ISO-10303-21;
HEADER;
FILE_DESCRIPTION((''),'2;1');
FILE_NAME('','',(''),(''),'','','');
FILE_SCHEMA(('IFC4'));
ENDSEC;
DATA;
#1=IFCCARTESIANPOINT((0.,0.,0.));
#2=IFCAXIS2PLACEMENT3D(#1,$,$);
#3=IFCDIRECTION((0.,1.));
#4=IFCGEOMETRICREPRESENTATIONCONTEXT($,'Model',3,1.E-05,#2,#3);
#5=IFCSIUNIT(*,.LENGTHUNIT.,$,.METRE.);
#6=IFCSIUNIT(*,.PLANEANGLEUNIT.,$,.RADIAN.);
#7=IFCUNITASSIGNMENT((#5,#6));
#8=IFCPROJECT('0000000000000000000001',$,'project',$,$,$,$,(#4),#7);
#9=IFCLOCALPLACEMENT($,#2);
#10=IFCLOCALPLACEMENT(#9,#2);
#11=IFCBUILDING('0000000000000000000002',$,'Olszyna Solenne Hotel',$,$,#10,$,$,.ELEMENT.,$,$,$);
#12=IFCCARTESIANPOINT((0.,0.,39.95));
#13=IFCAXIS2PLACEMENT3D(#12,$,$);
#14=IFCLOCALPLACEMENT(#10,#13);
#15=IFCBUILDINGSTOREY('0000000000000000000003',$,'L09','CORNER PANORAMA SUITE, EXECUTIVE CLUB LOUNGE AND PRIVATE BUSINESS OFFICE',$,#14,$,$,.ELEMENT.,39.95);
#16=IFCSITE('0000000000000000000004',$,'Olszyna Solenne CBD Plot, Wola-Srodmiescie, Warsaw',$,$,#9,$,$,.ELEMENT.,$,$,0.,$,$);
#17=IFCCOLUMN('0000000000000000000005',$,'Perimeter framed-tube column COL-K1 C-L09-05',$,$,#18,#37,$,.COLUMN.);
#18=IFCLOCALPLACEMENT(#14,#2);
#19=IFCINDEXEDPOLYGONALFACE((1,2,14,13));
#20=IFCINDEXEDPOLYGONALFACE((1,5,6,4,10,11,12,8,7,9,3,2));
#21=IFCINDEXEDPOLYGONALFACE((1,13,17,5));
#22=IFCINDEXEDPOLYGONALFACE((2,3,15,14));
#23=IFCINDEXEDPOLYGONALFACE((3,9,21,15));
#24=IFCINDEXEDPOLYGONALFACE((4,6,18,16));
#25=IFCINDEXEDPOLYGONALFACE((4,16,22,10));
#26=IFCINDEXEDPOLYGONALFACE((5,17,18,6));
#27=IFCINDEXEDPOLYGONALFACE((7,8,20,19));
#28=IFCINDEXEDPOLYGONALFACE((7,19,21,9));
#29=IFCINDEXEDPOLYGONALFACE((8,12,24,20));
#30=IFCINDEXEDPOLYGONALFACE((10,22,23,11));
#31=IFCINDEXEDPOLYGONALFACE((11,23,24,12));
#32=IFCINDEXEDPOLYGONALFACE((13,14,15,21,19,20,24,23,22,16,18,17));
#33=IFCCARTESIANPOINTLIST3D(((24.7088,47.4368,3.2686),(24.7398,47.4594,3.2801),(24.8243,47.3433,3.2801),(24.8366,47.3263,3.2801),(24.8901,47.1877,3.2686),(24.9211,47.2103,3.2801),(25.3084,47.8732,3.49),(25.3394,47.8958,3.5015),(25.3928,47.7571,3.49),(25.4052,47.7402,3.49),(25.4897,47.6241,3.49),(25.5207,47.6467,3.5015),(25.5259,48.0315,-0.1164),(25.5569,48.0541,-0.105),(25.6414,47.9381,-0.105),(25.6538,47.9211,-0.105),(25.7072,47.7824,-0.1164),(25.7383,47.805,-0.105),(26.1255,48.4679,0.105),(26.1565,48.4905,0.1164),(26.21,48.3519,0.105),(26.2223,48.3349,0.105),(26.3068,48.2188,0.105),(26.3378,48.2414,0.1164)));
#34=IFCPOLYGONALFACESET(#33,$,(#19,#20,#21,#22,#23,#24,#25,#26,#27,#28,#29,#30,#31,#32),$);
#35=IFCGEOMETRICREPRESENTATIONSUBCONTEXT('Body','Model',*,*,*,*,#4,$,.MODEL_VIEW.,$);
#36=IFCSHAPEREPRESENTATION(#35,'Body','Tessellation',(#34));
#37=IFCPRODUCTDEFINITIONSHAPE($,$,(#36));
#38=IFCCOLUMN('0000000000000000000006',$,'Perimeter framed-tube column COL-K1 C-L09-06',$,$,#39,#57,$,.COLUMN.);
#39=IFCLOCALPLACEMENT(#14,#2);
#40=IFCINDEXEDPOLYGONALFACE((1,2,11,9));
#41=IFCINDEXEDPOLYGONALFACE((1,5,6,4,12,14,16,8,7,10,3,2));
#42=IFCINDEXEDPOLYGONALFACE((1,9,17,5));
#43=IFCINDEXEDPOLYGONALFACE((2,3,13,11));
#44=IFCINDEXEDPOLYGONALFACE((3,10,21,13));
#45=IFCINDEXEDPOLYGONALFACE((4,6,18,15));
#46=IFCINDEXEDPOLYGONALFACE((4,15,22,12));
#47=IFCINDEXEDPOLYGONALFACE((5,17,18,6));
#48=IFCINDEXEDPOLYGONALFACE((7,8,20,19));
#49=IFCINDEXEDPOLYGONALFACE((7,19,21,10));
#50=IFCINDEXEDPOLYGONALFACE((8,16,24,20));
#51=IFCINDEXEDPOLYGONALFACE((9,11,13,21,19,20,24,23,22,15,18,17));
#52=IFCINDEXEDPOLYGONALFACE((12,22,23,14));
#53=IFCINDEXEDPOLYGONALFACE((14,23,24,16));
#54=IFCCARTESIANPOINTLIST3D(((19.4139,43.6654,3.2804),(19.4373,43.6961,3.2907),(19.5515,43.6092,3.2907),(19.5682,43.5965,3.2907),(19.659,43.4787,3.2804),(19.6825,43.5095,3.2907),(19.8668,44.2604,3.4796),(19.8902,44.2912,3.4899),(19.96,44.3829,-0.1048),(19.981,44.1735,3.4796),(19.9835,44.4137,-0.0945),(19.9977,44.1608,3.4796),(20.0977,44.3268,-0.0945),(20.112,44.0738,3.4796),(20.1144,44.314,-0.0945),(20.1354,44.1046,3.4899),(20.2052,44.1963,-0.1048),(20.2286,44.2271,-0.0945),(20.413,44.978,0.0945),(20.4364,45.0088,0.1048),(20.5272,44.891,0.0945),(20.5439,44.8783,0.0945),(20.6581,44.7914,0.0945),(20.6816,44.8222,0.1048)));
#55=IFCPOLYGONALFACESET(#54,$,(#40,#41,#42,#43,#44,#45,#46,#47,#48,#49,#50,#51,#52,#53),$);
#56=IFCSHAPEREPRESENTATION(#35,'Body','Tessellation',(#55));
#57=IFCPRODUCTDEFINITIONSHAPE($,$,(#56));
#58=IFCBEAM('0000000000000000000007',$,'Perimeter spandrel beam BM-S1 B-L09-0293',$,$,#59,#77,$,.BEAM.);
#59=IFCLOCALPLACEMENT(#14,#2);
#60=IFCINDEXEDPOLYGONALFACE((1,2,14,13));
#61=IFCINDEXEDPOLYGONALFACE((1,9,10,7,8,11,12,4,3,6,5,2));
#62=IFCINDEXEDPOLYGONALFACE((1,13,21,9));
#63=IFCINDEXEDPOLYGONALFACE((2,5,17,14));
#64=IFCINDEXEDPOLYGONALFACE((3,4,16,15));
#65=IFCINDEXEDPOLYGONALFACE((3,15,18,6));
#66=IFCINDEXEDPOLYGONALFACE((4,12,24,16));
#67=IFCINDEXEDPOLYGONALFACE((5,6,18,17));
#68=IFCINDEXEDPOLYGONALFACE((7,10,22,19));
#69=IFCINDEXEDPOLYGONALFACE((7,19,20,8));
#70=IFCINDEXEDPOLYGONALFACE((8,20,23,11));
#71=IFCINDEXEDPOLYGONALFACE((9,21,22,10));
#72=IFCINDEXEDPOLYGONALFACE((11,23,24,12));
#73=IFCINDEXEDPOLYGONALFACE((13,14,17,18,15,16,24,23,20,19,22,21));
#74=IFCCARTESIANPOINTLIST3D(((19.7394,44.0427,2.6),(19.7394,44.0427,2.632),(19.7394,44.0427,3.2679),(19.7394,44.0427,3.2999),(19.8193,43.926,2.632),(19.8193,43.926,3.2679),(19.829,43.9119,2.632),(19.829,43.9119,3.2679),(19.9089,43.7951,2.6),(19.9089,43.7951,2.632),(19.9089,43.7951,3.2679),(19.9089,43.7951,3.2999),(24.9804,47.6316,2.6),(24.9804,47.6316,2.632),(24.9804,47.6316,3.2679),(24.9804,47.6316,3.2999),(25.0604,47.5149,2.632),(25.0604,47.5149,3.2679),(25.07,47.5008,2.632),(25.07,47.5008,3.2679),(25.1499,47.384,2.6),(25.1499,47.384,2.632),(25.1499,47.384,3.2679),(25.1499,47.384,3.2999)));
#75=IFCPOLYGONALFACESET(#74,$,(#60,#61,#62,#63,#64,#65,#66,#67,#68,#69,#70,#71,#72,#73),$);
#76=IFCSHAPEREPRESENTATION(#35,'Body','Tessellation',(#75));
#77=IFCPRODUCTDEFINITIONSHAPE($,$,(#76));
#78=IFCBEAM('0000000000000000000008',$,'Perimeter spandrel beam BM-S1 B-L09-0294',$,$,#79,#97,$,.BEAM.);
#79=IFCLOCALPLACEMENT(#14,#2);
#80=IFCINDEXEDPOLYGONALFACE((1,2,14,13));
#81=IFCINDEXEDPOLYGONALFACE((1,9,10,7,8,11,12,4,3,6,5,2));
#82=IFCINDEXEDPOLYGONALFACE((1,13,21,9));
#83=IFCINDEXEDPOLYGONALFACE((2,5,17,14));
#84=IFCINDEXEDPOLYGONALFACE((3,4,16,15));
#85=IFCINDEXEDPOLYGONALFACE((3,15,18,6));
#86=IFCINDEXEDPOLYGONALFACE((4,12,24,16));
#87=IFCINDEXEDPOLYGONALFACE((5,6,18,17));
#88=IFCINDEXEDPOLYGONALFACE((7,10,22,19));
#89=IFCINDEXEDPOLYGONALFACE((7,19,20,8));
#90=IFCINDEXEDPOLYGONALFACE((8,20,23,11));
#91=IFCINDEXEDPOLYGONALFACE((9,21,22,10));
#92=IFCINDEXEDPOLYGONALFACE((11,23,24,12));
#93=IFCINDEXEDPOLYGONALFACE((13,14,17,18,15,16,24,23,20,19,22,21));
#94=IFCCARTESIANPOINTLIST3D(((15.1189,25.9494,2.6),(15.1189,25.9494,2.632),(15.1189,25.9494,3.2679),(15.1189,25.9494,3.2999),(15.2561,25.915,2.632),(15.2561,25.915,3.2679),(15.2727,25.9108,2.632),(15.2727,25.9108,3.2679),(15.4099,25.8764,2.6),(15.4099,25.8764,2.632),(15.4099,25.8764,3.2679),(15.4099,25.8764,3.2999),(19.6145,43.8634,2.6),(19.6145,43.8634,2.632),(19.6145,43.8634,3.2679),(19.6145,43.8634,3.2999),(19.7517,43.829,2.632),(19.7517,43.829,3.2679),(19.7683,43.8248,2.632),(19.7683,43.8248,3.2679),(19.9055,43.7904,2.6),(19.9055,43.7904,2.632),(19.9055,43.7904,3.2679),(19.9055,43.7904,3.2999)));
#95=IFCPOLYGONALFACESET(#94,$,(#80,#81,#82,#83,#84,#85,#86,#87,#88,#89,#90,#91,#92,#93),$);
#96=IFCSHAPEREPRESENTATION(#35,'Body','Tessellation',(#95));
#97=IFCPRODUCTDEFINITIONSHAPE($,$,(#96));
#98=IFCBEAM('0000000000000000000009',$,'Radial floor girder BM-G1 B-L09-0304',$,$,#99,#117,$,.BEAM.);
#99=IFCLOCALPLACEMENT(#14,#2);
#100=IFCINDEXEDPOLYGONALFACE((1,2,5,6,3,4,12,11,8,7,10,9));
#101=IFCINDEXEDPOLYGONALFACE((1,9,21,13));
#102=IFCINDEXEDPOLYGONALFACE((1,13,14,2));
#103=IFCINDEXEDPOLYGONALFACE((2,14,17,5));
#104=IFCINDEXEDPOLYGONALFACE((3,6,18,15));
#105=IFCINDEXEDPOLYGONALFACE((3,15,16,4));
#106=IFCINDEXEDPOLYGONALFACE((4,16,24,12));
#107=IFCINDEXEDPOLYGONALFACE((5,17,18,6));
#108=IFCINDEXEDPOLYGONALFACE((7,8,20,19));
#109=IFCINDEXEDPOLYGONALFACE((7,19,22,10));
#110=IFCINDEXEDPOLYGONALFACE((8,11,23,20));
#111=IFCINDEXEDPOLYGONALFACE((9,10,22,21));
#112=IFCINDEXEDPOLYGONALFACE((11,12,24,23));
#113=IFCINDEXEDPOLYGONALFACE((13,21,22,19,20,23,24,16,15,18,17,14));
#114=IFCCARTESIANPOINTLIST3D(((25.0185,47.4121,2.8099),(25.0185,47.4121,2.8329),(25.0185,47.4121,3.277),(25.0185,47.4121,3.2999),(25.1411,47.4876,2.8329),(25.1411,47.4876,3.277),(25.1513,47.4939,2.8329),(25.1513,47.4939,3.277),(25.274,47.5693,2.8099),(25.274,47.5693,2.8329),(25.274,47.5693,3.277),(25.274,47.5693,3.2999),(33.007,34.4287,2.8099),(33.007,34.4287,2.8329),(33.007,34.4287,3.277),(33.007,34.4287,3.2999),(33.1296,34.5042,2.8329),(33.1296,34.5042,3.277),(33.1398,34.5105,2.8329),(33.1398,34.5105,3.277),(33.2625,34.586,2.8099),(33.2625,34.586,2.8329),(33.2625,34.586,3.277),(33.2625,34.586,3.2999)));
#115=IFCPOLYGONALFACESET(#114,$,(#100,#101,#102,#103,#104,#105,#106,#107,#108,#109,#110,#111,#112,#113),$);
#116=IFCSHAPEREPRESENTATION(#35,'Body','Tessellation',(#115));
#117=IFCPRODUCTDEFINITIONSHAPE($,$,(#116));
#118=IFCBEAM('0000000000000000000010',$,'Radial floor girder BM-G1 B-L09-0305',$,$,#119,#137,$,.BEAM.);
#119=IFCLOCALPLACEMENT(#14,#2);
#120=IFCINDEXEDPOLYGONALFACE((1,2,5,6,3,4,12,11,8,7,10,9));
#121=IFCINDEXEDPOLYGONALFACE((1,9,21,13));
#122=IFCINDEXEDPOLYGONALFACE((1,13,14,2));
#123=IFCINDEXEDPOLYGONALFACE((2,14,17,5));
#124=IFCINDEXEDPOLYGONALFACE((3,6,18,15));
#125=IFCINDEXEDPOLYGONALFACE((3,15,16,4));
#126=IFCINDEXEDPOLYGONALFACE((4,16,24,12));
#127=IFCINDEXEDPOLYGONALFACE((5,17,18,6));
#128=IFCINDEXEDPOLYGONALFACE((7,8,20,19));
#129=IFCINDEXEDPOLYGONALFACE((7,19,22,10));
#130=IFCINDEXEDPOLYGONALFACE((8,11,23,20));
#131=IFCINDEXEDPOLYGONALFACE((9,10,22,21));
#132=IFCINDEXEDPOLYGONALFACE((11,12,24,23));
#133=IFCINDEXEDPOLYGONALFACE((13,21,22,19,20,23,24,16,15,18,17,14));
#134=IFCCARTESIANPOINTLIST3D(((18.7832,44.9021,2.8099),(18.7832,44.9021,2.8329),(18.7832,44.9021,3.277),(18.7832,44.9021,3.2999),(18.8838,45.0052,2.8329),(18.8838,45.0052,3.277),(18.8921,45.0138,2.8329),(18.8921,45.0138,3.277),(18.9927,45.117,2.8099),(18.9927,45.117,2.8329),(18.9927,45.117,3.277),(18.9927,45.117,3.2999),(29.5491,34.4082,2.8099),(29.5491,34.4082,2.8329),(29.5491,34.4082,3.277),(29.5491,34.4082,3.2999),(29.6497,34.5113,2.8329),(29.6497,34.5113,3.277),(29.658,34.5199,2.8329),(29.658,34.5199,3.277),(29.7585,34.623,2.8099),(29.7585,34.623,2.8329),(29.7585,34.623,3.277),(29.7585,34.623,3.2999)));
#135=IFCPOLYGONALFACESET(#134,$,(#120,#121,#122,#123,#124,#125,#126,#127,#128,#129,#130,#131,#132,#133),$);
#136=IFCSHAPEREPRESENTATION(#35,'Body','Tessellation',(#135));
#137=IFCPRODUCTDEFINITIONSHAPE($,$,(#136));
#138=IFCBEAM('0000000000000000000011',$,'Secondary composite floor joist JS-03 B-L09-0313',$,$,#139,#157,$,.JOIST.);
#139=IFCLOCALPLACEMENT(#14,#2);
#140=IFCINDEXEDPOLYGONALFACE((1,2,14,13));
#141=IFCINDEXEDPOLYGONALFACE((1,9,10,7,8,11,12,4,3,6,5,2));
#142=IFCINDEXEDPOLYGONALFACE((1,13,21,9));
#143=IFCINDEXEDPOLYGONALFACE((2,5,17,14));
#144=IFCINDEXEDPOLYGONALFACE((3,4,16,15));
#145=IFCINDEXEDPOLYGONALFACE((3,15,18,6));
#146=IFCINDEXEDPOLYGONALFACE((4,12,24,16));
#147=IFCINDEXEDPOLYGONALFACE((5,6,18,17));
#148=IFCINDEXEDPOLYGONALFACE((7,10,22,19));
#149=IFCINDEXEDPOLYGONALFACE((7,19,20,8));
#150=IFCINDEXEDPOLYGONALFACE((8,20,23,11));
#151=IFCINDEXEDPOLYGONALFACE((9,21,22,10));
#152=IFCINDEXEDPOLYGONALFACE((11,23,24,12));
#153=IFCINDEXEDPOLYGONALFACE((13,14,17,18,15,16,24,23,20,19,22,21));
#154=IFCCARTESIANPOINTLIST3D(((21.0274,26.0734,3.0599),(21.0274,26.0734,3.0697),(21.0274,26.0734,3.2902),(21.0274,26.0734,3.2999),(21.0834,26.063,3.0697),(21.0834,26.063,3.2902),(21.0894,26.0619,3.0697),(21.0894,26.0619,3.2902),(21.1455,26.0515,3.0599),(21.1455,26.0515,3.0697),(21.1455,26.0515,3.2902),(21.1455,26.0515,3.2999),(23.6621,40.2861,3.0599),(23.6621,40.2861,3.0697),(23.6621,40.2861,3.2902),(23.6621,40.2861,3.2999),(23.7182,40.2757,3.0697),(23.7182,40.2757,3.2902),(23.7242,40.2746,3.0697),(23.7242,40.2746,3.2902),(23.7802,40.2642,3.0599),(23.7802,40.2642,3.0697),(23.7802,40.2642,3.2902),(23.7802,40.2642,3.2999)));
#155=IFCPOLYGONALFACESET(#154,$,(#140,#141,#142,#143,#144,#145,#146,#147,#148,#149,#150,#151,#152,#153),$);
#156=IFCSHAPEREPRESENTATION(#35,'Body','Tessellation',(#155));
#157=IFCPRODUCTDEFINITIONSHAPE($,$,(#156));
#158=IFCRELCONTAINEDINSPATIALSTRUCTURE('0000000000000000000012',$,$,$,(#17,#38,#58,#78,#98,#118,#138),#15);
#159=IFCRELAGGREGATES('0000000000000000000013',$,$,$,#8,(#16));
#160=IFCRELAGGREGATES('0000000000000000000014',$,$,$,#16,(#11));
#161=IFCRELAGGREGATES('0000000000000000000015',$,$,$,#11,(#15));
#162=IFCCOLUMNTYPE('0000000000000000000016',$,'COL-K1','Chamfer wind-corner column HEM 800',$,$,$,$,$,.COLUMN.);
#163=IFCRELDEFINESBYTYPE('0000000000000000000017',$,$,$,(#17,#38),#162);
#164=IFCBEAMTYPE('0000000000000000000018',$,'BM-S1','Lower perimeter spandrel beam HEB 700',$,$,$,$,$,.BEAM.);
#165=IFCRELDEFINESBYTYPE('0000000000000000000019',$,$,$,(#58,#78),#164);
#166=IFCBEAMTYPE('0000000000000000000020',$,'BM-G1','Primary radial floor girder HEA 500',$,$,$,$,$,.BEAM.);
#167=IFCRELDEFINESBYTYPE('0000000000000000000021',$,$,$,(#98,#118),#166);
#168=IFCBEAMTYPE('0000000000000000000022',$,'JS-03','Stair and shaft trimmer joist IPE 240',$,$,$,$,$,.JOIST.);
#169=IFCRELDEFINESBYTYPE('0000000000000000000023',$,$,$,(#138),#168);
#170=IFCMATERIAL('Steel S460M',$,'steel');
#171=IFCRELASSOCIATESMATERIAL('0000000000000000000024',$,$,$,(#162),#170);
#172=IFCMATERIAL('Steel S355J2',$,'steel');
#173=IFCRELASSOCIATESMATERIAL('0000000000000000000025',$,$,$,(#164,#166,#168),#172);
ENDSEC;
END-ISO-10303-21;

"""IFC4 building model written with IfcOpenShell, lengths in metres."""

from ifc_helpers import new_model, si_unit, direction, frame, origin, origin_2d, place, context, subcontext, project, spatial, i_section, extrude, source, transform, mapped, material, material_profile, profile_set, type_object, element, save


model = new_model("IFC4")

# Units and contexts
model_context = context("Model", 3, precision=1e-05, world=origin(), true_north=direction((0.0, 1.0)))
body_context = subcontext(model_context, "Body", "Model", "MODEL_VIEW")
ifc_project = project(units=[si_unit("LENGTHUNIT", "METRE"), si_unit("PLANEANGLEUNIT", "RADIAN")], contexts=[model_context])

# Site, building, storey
site_placement = place(None, origin())
site = spatial("IfcSite", under=ifc_project, at=site_placement, Name="Olszyna Solenne CBD Plot, Wola-Srodmiescie, Warsaw", CompositionType="ELEMENT", RefElevation=0.0)
building_placement = place(site_placement, origin())
building = spatial("IfcBuilding", under=site, at=building_placement, Name="Olszyna Solenne Hotel", CompositionType="ELEMENT")
storey_placement = place(building_placement, frame((0.0, 0.0, 39.95)))
storey = spatial("IfcBuildingStorey", under=building, at=storey_placement, Name="L09", Description="CORNER PANORAMA SUITE, EXECUTIVE CLUB LOUNGE AND PRIVATE BUSINESS OFFICE", CompositionType="ELEMENT", Elevation=39.95)

# Columns
ifc_material_1 = material(Name="Steel S460M", Category="steel")
ifc_material_profile_1 = material_profile(ifc_material_1, i_section(OverallWidth=0.3081, OverallDepth=0.814, WebThickness=0.021, FlangeThickness=0.04, at=origin_2d()), Name="HEM 800", Category="load-bearing")
ifc_profile_set_1 = profile_set([ifc_material_profile_1], Name="Steel S460M")
column_type = type_object("IfcColumnType", Name="COL-K1", Description="Chamfer wind-corner column HEM 800", PredefinedType="COLUMN", material=ifc_profile_set_1)
shared_shape_1 = source(origin(), body_context, "Body", "SweptSolid", [
    extrude(i_section(OverallWidth=0.3081, OverallDepth=0.814, WebThickness=0.021, FlangeThickness=0.04, at=origin_2d()), origin(), (0.0, 0.0, 1.0), 3.5327),
])
column_1_placement = place(storey_placement, frame((25.9319, 48.1365, 0.0), z_axis=(-0.23131, -0.168351, 0.958203), x_axis=(0.588459, -0.808527, 0.0)))
element("IfcColumn", 1, at=column_1_placement, inside=storey, type_object=column_type, Name="Perimeter framed-tube column COL-K1 C-L09-05", PredefinedType="COLUMN", context=body_context, shape_type="MappedRepresentation", body=[
    mapped(shared_shape_1, transform((0.0, 0.0, 0.0), x_axis=(1.0, 0.0, 0.0), y_axis=(0.0, 1.0, 0.0), z_axis=(0.0, 0.0, 1.0), scale=1.0)),
])
shared_shape_2 = source(origin(), body_context, "Body", "SweptSolid", [
    extrude(i_section(OverallWidth=0.3081, OverallDepth=0.814, WebThickness=0.021, FlangeThickness=0.04, at=origin_2d()), origin(), (0.0, 0.0, 1.0), 3.5032),
])
column_2_placement = place(storey_placement, frame((20.3208, 44.6025, 0.0), z_axis=(-0.155905, -0.204829, 0.966302), x_axis=(0.795724, -0.60566, 0.0)))
element("IfcColumn", 2, at=column_2_placement, inside=storey, type_object=column_type, Name="Perimeter framed-tube column COL-K1 C-L09-06", PredefinedType="COLUMN", context=body_context, shape_type="MappedRepresentation", body=[
    mapped(shared_shape_2, transform((0.0, 0.0, 0.0), x_axis=(1.0, 0.0, 0.0), y_axis=(0.0, 1.0, 0.0), z_axis=(0.0, 0.0, 1.0), scale=1.0)),
])

# Beams
ifc_material_2 = material(Name="Steel S355J2", Category="steel")
ifc_material_profile_2 = material_profile(ifc_material_2, i_section(OverallWidth=0.3, OverallDepth=0.7, WebThickness=0.0171, FlangeThickness=0.032, at=origin_2d()), Name="HEB 700", Category="load-bearing")
ifc_profile_set_2 = profile_set([ifc_material_profile_2], Name="Steel S355J2")
beam_type_1 = type_object("IfcBeamType", Name="BM-S1", Description="Lower perimeter spandrel beam HEB 700", PredefinedType="BEAM", material=ifc_profile_set_2)
shared_shape_3 = source(origin(), body_context, "Body", "SweptSolid", [
    extrude(i_section(OverallWidth=0.3, OverallDepth=0.7, WebThickness=0.0171, FlangeThickness=0.032, at=origin_2d()), origin(), (0.0, 0.0, 1.0), 6.3521),
])
beam_1_placement = place(storey_placement, frame((25.0652, 47.5078, 2.95), z_axis=(-0.825091, -0.564999, 0.0), x_axis=(0.564999, -0.825091, 0.0)))
element("IfcBeam", 3, at=beam_1_placement, inside=storey, type_object=beam_type_1, Name="Perimeter spandrel beam BM-S1 B-L09-0293", PredefinedType="BEAM", context=body_context, shape_type="MappedRepresentation", body=[
    mapped(shared_shape_3, transform((0.0, 0.0, 0.0), x_axis=(1.0, 0.0, 0.0), y_axis=(0.0, 1.0, 0.0), z_axis=(0.0, 0.0, 1.0), scale=1.0)),
])
shared_shape_4 = source(origin(), body_context, "Body", "SweptSolid", [
    extrude(i_section(OverallWidth=0.3, OverallDepth=0.7, WebThickness=0.0171, FlangeThickness=0.032, at=origin_2d()), origin(), (0.0, 0.0, 1.0), 18.4695),
])
beam_2_placement = place(storey_placement, frame((19.76, 43.8269, 2.95), z_axis=(-0.243406, -0.969924, 0.0), x_axis=(0.969924, -0.243406, 0.0)))
element("IfcBeam", 4, at=beam_2_placement, inside=storey, type_object=beam_type_1, Name="Perimeter spandrel beam BM-S1 B-L09-0294", PredefinedType="BEAM", context=body_context, shape_type="MappedRepresentation", body=[
    mapped(shared_shape_4, transform((0.0, 0.0, 0.0), x_axis=(1.0, 0.0, 0.0), y_axis=(0.0, 1.0, 0.0), z_axis=(0.0, 0.0, 1.0), scale=1.0)),
])
ifc_material_profile_3 = material_profile(ifc_material_2, i_section(OverallWidth=0.3, OverallDepth=0.49, WebThickness=0.012, FlangeThickness=0.0229, at=origin_2d()), Name="HEA 500", Category="load-bearing")
ifc_profile_set_3 = profile_set([ifc_material_profile_3], Name="Steel S355J2")
beam_type_2 = type_object("IfcBeamType", Name="BM-G1", Description="Primary radial floor girder HEA 500", PredefinedType="BEAM", material=ifc_profile_set_3)
shared_shape_5 = source(origin(), body_context, "Body", "SweptSolid", [
    extrude(i_section(OverallWidth=0.3, OverallDepth=0.49, WebThickness=0.012, FlangeThickness=0.0229, at=origin_2d()), origin(), (0.0, 0.0, 1.0), 15.2441),
])
beam_3_placement = place(storey_placement, frame((25.1462, 47.4907, 3.0549), z_axis=(0.524038, -0.851695, 0.0), x_axis=(0.851695, 0.524038, 0.0)))
element("IfcBeam", 5, at=beam_3_placement, inside=storey, type_object=beam_type_2, Name="Radial floor girder BM-G1 B-L09-0304", PredefinedType="BEAM", context=body_context, shape_type="MappedRepresentation", body=[
    mapped(shared_shape_5, transform((0.0, 0.0, 0.0), x_axis=(1.0, 0.0, 0.0), y_axis=(0.0, 1.0, 0.0), z_axis=(0.0, 0.0, 1.0), scale=1.0)),
])
shared_shape_6 = source(origin(), body_context, "Body", "SweptSolid", [
    extrude(i_section(OverallWidth=0.3, OverallDepth=0.49, WebThickness=0.012, FlangeThickness=0.0229, at=origin_2d()), origin(), (0.0, 0.0, 1.0), 15.0342),
])
beam_4_placement = place(storey_placement, frame((18.8879, 45.0095, 3.0549), z_axis=(0.716094, -0.698004, 0.0), x_axis=(0.698004, 0.716094, 0.0)))
element("IfcBeam", 6, at=beam_4_placement, inside=storey, type_object=beam_type_2, Name="Radial floor girder BM-G1 B-L09-0305", PredefinedType="BEAM", context=body_context, shape_type="MappedRepresentation", body=[
    mapped(shared_shape_6, transform((0.0, 0.0, 0.0), x_axis=(1.0, 0.0, 0.0), y_axis=(0.0, 1.0, 0.0), z_axis=(0.0, 0.0, 1.0), scale=1.0)),
])
ifc_material_profile_4 = material_profile(ifc_material_2, i_section(OverallWidth=0.1201, OverallDepth=0.24, WebThickness=0.0061, FlangeThickness=0.0098, at=origin_2d()), Name="IPE 240", Category="load-bearing")
ifc_profile_set_4 = profile_set([ifc_material_profile_4], Name="Steel S355J2")
beam_type_3 = type_object("IfcBeamType", Name="JS-03", Description="Stair and shaft trimmer joist IPE 240", PredefinedType="JOIST", material=ifc_profile_set_4)
shared_shape_7 = source(origin(), body_context, "Body", "SweptSolid", [
    extrude(i_section(OverallWidth=0.1201, OverallDepth=0.24, WebThickness=0.0061, FlangeThickness=0.0098, at=origin_2d()), origin(), (0.0, 0.0, 1.0), 14.4548),
])
beam_5_placement = place(storey_placement, frame((23.7212, 40.2751, 3.1799), z_axis=(-0.182276, -0.983247, 0.0), x_axis=(0.983247, -0.182276, 0.0)))
element("IfcBeam", 7, at=beam_5_placement, inside=storey, type_object=beam_type_3, Name="Secondary composite floor joist JS-03 B-L09-0313", PredefinedType="JOIST", context=body_context, shape_type="MappedRepresentation", body=[
    mapped(shared_shape_7, transform((0.0, 0.0, 0.0), x_axis=(1.0, 0.0, 0.0), y_axis=(0.0, 1.0, 0.0), z_axis=(0.0, 0.0, 1.0), scale=1.0)),
])

save(model, "model.ifc")
